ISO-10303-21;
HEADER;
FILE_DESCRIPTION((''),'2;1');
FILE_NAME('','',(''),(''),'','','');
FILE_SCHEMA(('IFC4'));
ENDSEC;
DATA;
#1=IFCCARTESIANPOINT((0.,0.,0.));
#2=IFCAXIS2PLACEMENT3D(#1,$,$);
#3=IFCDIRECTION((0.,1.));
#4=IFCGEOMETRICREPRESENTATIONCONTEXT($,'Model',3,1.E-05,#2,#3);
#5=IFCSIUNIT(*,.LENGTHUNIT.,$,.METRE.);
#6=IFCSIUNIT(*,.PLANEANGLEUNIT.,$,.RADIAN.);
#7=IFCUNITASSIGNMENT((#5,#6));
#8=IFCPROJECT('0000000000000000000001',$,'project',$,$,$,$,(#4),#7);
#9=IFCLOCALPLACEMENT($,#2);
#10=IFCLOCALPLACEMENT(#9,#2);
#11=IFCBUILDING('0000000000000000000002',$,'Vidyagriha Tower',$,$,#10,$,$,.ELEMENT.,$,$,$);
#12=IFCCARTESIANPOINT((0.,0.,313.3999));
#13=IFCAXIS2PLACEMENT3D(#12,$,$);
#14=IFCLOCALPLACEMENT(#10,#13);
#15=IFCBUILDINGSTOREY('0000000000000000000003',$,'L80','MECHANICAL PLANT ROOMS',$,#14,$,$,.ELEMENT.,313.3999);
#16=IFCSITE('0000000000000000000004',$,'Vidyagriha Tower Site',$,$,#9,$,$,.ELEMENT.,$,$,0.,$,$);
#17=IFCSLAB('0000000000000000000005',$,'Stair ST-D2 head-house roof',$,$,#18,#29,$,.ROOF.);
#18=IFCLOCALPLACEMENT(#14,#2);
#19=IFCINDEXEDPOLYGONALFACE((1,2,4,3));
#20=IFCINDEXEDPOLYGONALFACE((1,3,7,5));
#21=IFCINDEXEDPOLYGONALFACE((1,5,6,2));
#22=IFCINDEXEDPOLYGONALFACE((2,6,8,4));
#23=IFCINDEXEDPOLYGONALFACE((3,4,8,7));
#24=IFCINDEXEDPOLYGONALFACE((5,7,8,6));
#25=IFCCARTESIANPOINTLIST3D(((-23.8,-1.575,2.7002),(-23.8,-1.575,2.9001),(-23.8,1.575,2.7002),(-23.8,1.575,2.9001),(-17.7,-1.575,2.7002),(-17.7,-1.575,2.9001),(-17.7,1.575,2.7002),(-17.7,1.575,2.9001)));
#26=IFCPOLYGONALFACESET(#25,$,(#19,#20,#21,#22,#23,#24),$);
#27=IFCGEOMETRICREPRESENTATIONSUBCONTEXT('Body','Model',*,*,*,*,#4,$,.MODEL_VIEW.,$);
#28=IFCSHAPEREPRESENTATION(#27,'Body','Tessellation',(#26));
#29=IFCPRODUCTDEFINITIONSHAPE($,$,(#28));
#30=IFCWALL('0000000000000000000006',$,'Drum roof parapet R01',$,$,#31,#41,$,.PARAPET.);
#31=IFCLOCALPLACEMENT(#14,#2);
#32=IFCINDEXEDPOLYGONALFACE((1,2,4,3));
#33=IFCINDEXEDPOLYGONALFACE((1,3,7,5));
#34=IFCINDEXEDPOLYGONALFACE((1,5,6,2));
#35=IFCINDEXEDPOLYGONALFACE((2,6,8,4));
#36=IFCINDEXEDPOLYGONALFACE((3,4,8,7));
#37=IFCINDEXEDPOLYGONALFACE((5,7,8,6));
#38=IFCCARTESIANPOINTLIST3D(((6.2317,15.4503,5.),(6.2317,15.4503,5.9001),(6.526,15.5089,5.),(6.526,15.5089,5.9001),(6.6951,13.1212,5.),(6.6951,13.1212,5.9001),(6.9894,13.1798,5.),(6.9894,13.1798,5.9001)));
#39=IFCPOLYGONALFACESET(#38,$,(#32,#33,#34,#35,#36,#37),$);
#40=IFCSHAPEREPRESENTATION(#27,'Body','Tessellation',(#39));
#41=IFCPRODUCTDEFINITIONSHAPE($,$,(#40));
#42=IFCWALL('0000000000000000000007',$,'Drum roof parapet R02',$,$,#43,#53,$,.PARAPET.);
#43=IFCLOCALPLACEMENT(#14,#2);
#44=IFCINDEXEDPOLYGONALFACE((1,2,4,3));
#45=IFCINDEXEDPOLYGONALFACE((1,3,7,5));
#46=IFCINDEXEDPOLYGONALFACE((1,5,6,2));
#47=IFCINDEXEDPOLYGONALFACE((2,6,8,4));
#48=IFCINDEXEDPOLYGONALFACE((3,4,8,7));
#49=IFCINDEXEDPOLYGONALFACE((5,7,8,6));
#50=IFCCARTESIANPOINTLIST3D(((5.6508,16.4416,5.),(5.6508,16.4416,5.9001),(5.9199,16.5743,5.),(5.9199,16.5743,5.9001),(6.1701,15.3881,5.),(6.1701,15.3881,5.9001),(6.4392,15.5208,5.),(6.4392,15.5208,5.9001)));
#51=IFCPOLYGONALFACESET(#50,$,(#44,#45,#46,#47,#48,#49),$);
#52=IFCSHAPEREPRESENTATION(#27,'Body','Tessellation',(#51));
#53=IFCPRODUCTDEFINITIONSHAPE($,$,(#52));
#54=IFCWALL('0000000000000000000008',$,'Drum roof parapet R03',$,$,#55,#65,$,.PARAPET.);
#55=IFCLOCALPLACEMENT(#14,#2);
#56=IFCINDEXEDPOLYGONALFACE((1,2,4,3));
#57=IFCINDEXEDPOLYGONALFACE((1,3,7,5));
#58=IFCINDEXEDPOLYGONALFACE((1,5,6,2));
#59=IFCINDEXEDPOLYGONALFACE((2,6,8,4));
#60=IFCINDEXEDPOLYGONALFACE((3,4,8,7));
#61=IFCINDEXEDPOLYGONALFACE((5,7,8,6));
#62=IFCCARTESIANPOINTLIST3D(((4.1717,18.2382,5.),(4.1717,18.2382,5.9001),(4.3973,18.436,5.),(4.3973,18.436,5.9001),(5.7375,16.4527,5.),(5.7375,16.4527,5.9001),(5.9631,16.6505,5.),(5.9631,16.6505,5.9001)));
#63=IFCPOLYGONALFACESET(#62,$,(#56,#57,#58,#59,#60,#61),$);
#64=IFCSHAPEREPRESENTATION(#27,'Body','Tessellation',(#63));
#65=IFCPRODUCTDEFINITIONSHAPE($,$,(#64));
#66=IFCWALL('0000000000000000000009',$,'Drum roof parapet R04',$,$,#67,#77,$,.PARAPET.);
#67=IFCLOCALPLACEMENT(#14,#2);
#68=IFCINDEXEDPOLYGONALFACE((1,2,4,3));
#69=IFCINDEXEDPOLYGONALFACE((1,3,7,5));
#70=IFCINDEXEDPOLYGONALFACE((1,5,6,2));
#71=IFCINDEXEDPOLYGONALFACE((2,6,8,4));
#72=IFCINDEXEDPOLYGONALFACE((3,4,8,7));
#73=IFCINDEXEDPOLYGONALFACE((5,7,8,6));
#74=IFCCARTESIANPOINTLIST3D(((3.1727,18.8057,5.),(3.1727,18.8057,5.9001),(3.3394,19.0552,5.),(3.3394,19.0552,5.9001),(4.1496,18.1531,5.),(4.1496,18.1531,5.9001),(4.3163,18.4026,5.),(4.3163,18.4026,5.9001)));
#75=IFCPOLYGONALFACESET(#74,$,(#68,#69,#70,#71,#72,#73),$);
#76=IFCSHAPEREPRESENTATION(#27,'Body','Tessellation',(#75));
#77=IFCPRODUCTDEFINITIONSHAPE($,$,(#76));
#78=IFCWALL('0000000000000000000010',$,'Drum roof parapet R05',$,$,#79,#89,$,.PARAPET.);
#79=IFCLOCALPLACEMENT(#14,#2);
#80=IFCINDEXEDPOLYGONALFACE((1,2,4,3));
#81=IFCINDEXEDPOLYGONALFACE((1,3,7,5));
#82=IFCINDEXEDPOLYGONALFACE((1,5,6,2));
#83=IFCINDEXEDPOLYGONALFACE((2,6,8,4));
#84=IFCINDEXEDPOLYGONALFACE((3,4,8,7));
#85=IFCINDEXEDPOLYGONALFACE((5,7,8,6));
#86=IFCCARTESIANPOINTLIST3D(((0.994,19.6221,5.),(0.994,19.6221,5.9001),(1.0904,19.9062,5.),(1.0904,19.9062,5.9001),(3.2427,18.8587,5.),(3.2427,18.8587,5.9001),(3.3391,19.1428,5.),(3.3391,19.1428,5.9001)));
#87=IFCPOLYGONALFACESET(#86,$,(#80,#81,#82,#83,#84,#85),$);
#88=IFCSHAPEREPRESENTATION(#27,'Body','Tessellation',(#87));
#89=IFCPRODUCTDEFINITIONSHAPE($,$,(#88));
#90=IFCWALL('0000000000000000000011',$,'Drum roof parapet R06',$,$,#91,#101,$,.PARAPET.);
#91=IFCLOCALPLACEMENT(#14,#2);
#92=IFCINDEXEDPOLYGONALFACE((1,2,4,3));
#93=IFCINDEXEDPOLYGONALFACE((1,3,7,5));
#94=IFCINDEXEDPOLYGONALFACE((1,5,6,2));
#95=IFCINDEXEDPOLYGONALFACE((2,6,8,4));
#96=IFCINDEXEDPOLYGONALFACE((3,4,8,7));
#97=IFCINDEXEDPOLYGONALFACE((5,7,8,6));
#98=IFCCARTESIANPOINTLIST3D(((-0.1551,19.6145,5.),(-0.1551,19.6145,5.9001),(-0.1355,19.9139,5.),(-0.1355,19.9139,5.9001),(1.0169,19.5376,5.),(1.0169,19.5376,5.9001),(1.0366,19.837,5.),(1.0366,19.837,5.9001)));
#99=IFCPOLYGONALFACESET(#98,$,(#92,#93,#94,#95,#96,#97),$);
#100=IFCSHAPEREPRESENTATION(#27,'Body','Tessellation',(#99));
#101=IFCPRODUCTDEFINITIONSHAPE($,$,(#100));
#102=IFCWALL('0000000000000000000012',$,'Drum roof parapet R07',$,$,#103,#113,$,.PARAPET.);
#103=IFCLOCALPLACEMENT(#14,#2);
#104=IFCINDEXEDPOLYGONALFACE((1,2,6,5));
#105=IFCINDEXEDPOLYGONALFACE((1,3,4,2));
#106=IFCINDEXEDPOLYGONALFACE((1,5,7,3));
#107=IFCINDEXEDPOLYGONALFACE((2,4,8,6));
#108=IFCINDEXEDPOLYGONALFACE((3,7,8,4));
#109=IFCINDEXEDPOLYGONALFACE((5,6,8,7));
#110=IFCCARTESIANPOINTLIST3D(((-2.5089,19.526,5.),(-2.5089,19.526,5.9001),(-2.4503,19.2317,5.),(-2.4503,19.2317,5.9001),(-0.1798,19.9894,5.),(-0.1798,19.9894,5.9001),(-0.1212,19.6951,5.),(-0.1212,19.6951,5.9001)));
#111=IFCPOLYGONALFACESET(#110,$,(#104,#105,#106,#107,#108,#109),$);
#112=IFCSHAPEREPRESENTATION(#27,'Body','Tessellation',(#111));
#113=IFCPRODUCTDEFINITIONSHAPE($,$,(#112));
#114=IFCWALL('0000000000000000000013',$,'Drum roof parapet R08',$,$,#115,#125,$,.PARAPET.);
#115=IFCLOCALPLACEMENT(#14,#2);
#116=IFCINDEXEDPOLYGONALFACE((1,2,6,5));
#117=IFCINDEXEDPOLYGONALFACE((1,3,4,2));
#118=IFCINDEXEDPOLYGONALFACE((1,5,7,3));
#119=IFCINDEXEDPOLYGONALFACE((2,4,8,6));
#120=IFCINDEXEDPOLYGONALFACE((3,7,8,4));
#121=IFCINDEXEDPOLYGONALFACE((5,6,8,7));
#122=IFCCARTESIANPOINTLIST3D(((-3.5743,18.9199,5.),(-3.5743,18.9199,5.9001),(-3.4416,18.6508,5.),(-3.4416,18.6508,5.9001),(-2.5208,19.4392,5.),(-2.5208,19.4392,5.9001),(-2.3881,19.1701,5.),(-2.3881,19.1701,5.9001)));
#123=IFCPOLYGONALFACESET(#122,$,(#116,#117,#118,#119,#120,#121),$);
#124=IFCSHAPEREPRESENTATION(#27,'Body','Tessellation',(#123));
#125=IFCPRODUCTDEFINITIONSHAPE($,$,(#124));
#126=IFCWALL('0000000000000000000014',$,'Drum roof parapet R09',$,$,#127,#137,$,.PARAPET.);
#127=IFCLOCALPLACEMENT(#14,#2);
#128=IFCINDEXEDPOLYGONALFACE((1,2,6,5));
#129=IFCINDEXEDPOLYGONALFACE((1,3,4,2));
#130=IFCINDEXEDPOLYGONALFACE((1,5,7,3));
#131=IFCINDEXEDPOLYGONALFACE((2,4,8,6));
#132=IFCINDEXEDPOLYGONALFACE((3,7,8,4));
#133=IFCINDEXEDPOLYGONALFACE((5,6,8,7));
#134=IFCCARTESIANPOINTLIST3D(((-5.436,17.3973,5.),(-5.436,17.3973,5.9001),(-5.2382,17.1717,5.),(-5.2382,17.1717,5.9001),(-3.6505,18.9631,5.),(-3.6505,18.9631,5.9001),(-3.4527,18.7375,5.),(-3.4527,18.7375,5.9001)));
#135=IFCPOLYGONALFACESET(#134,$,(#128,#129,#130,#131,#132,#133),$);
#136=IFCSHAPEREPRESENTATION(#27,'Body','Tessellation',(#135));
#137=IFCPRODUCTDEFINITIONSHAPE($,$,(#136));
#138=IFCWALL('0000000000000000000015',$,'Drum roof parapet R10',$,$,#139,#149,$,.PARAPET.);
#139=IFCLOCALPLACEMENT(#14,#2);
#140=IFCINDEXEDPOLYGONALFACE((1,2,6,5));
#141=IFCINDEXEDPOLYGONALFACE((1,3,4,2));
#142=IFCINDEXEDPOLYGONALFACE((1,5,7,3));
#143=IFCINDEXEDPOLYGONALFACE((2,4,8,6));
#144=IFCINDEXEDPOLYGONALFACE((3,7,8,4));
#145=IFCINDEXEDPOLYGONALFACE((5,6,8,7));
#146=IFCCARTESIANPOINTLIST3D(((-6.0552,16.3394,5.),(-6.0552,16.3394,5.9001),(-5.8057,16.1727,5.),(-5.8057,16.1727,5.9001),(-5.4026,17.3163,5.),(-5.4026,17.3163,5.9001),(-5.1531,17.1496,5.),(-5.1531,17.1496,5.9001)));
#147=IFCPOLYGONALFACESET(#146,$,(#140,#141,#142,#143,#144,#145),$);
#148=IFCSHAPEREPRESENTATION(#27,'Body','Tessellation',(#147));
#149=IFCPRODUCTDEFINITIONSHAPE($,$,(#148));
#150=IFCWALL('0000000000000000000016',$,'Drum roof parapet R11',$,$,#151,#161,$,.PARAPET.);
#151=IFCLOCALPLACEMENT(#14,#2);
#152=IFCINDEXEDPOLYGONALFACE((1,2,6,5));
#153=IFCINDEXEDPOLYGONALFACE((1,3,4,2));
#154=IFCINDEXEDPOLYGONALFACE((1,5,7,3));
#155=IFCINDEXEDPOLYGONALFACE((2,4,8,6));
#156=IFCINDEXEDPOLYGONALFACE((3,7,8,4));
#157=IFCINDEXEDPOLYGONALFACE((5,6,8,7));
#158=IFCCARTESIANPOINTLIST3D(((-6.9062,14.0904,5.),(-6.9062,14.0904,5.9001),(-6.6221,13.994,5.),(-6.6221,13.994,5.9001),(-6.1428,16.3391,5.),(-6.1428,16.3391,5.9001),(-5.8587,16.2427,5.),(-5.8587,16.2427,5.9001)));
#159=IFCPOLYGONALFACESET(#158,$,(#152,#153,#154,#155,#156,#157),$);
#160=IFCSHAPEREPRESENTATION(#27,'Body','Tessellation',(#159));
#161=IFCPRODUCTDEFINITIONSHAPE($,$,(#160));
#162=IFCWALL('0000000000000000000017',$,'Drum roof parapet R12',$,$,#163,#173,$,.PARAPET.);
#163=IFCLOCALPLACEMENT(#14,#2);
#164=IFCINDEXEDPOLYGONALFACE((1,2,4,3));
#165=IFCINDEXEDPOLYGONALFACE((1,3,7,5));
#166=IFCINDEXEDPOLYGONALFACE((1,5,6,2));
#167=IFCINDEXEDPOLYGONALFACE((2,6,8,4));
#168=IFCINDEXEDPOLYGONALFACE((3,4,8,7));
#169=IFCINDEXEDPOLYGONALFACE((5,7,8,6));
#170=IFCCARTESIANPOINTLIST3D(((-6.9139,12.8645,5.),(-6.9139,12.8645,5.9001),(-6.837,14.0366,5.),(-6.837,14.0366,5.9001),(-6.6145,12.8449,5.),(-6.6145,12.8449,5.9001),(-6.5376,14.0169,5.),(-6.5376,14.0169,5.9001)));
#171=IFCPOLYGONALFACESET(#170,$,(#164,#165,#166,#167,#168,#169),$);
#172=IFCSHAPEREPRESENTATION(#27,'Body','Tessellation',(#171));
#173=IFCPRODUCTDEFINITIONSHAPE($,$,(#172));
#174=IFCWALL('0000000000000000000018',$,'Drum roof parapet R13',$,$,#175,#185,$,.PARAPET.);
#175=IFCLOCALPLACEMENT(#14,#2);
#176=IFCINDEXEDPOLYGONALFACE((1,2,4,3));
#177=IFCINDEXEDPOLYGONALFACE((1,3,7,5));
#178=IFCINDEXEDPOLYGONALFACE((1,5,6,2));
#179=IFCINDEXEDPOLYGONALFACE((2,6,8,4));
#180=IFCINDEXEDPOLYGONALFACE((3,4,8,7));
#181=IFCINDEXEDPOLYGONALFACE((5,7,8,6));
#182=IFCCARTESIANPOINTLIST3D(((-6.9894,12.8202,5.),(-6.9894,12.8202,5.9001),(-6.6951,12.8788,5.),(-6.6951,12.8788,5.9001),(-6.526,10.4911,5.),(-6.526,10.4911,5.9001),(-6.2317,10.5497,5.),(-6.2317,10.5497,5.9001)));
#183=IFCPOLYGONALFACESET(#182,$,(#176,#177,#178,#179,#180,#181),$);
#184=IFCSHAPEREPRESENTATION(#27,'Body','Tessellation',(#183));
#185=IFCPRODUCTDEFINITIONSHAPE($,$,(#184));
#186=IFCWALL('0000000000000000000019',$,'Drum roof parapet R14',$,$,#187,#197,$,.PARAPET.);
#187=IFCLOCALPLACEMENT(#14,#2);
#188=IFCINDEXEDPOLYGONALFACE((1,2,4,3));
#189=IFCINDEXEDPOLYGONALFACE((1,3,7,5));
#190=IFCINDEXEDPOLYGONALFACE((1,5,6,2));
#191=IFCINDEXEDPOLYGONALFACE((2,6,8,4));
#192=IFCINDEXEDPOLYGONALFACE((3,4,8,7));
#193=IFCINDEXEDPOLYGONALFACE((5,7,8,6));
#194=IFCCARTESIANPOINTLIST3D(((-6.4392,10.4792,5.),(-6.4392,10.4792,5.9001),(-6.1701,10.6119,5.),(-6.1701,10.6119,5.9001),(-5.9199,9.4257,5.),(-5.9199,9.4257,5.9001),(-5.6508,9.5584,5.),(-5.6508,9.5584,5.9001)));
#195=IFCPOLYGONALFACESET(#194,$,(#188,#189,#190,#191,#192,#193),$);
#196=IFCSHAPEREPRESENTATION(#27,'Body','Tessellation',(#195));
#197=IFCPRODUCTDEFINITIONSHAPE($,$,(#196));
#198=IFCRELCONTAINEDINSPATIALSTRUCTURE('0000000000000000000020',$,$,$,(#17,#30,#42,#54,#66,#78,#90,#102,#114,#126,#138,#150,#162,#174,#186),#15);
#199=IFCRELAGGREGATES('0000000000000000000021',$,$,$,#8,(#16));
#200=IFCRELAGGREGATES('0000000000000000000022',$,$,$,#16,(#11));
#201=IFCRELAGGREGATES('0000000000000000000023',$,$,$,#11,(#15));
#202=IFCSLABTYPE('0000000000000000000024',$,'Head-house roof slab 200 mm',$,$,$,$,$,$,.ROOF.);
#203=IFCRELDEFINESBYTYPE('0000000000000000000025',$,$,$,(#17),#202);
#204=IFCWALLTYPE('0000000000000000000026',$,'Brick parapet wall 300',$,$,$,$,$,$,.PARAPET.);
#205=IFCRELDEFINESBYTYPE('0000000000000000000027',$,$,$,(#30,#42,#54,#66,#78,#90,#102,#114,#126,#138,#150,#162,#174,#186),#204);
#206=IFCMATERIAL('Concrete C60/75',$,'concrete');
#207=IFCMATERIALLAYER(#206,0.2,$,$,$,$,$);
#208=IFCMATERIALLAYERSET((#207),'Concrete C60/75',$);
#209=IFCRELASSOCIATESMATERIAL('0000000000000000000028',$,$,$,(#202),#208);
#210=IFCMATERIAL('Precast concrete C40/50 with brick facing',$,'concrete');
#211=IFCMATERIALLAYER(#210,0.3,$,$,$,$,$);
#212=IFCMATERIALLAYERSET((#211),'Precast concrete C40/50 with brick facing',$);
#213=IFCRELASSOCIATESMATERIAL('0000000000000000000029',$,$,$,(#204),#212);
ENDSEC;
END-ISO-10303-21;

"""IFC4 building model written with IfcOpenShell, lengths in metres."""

from ifc_helpers import new_model, si_unit, direction, frame, frame_2d, origin, place, context, subcontext, project, spatial, polyline, rectangle, outline, extrude, material, layer, layer_set, type_object, element, save


model = new_model("IFC4")

# Units and contexts
model_context = context("Model", 3, precision=1e-05, world=origin(), true_north=direction((0.0, 1.0)))
body_context = subcontext(model_context, "Body", "Model", "MODEL_VIEW")
ifc_project = project(units=[si_unit("LENGTHUNIT", "METRE"), si_unit("PLANEANGLEUNIT", "RADIAN")], contexts=[model_context])

# Site, building, storey
site_placement = place(None, origin())
site = spatial("IfcSite", under=ifc_project, at=site_placement, Name="Vidyagriha Tower Site", CompositionType="ELEMENT", RefElevation=0.0)
building_placement = place(site_placement, origin())
building = spatial("IfcBuilding", under=site, at=building_placement, Name="Vidyagriha Tower", CompositionType="ELEMENT")
storey_placement = place(building_placement, frame((0.0, 0.0, 313.3999)))
storey = spatial("IfcBuildingStorey", under=building, at=storey_placement, Name="L80", Description="MECHANICAL PLANT ROOMS", CompositionType="ELEMENT", Elevation=313.3999)

# Slab
ifc_material_1 = material(Name="Concrete C60/75", Category="concrete")
ifc_layer_1 = layer(ifc_material_1, 0.2)
ifc_layer_set_1 = layer_set([ifc_layer_1], Name="Concrete C60/75")
slab_type = type_object("IfcSlabType", Name="Head-house roof slab 200 mm", PredefinedType="ROOF", material=ifc_layer_set_1)
slab_placement = place(storey_placement, frame((0.0, 0.0, 2.7002)))
element("IfcSlab", 1, at=slab_placement, inside=storey, type_object=slab_type, Name="Stair ST-D2 head-house roof", PredefinedType="ROOF", context=body_context, shape_type="SweptSolid", body=[
    extrude(outline(polyline([(-23.8, -1.575), (-17.7, -1.575), (-17.7, 1.575), (-23.8, 1.575), (-23.8, -1.575)])), origin(), (0.0, 0.0, 1.0), 0.2),
])

# Walls
ifc_material_2 = material(Name="Precast concrete C40/50 with brick facing", Category="concrete")
ifc_layer_2 = layer(ifc_material_2, 0.3)
ifc_layer_set_2 = layer_set([ifc_layer_2], Name="Precast concrete C40/50 with brick facing")
wall_type_1 = type_object("IfcWallType", Name="Brick parapet wall 300", PredefinedType="PARAPET", material=ifc_layer_set_2)
wall_1_placement = place(storey_placement, frame((6.8423, 13.1504, 5.0), z_axis=(0.0, 0.0, 1.0), x_axis=(-0.195128, 0.980778, 0.0)))
element("IfcWall", 2, at=wall_1_placement, inside=storey, type_object=wall_type_1, Name="Drum roof parapet R01", PredefinedType="PARAPET", context=body_context, shape_type="SweptSolid", body=[
    extrude(rectangle(XDim=2.3748, YDim=0.3, at=frame_2d((1.1875, 0.0))), origin(), (0.0, 0.0, 1.0), 0.9001),
])
wall_2_placement = place(storey_placement, frame((6.3047, 15.4543, 5.0), z_axis=(0.0, 0.0, 1.0), x_axis=(-0.442134, 0.896949, 0.0)))
element("IfcWall", 3, at=wall_2_placement, inside=storey, type_object=wall_type_1, Name="Drum roof parapet R02", PredefinedType="PARAPET", context=body_context, shape_type="SweptSolid", body=[
    extrude(rectangle(XDim=1.1746, YDim=0.3, at=frame_2d((0.5874, 0.0))), origin(), (0.0, 0.0, 1.0), 0.9001),
])
wall_3_placement = place(storey_placement, frame((5.8503, 16.5515, 5.0), z_axis=(0.0, 0.0, 1.0), x_axis=(-0.659327, 0.751857, 0.0)))
element("IfcWall", 4, at=wall_3_placement, inside=storey, type_object=wall_type_1, Name="Drum roof parapet R03", PredefinedType="PARAPET", context=body_context, shape_type="SweptSolid", body=[
    extrude(rectangle(XDim=2.3748, YDim=0.3, at=frame_2d((1.1875, 0.0))), origin(), (0.0, 0.0, 1.0), 0.9001),
])
wall_4_placement = place(storey_placement, frame((4.2329, 18.2778, 5.0), z_axis=(0.0, 0.0, 1.0), x_axis=(-0.831506, 0.555515, 0.0)))
element("IfcWall", 5, at=wall_4_placement, inside=storey, type_object=wall_type_1, Name="Drum roof parapet R04", PredefinedType="PARAPET", context=body_context, shape_type="SweptSolid", body=[
    extrude(rectangle(XDim=1.1748, YDim=0.3, at=frame_2d((0.5874, 0.0))), origin(), (0.0, 0.0, 1.0), 0.9001),
])
wall_5_placement = place(storey_placement, frame((3.291, 19.0007, 5.0), z_axis=(0.0, 0.0, 1.0), x_axis=(-0.946921, 0.321466, 0.0)))
element("IfcWall", 6, at=wall_5_placement, inside=storey, type_object=wall_type_1, Name="Drum roof parapet R05", PredefinedType="PARAPET", context=body_context, shape_type="SweptSolid", body=[
    extrude(rectangle(XDim=2.3748, YDim=0.3, at=frame_2d((1.1875, 0.0))), origin(), (0.0, 0.0, 1.0), 0.9001),
])
wall_6_placement = place(storey_placement, frame((1.0269, 19.6873, 5.0), z_axis=(0.0, 0.0, 1.0), x_axis=(-0.997855, 0.065471, 0.0)))
element("IfcWall", 7, at=wall_6_placement, inside=storey, type_object=wall_type_1, Name="Drum roof parapet R06", PredefinedType="PARAPET", context=body_context, shape_type="SweptSolid", body=[
    extrude(rectangle(XDim=1.1746, YDim=0.3, at=frame_2d((0.5874, 0.0))), origin(), (0.0, 0.0, 1.0), 0.9001),
])
wall_7_placement = place(storey_placement, frame((-0.1504, 19.8423, 5.0), z_axis=(0.0, 0.0, 1.0), x_axis=(-0.980778, -0.195128, 0.0)))
element("IfcWall", 8, at=wall_7_placement, inside=storey, type_object=wall_type_1, Name="Drum roof parapet R07", PredefinedType="PARAPET", context=body_context, shape_type="SweptSolid", body=[
    extrude(rectangle(XDim=2.3748, YDim=0.3, at=frame_2d((1.1875, 0.0))), origin(), (0.0, 0.0, 1.0), 0.9001),
])
wall_8_placement = place(storey_placement, frame((-2.4543, 19.3047, 5.0), z_axis=(0.0, 0.0, 1.0), x_axis=(-0.896949, -0.442134, 0.0)))
element("IfcWall", 9, at=wall_8_placement, inside=storey, type_object=wall_type_1, Name="Drum roof parapet R08", PredefinedType="PARAPET", context=body_context, shape_type="SweptSolid", body=[
    extrude(rectangle(XDim=1.1746, YDim=0.3, at=frame_2d((0.5874, 0.0))), origin(), (0.0, 0.0, 1.0), 0.9001),
])
wall_9_placement = place(storey_placement, frame((-3.5515, 18.8503, 5.0), z_axis=(0.0, 0.0, 1.0), x_axis=(-0.751857, -0.659327, 0.0)))
element("IfcWall", 10, at=wall_9_placement, inside=storey, type_object=wall_type_1, Name="Drum roof parapet R09", PredefinedType="PARAPET", context=body_context, shape_type="SweptSolid", body=[
    extrude(rectangle(XDim=2.3748, YDim=0.3, at=frame_2d((1.1875, 0.0))), origin(), (0.0, 0.0, 1.0), 0.9001),
])
wall_10_placement = place(storey_placement, frame((-5.2778, 17.2329, 5.0), z_axis=(0.0, 0.0, 1.0), x_axis=(-0.555515, -0.831506, 0.0)))
element("IfcWall", 11, at=wall_10_placement, inside=storey, type_object=wall_type_1, Name="Drum roof parapet R10", PredefinedType="PARAPET", context=body_context, shape_type="SweptSolid", body=[
    extrude(rectangle(XDim=1.1748, YDim=0.3, at=frame_2d((0.5874, 0.0))), origin(), (0.0, 0.0, 1.0), 0.9001),
])
wall_11_placement = place(storey_placement, frame((-6.0007, 16.291, 5.0), z_axis=(0.0, 0.0, 1.0), x_axis=(-0.321466, -0.946921, 0.0)))
element("IfcWall", 12, at=wall_11_placement, inside=storey, type_object=wall_type_1, Name="Drum roof parapet R11", PredefinedType="PARAPET", context=body_context, shape_type="SweptSolid", body=[
    extrude(rectangle(XDim=2.3748, YDim=0.3, at=frame_2d((1.1875, 0.0))), origin(), (0.0, 0.0, 1.0), 0.9001),
])
wall_12_placement = place(storey_placement, frame((-6.6873, 14.0269, 5.0), z_axis=(0.0, 0.0, 1.0), x_axis=(-0.065471, -0.997855, 0.0)))
element("IfcWall", 13, at=wall_12_placement, inside=storey, type_object=wall_type_1, Name="Drum roof parapet R12", PredefinedType="PARAPET", context=body_context, shape_type="SweptSolid", body=[
    extrude(rectangle(XDim=1.1746, YDim=0.3, at=frame_2d((0.5874, 0.0))), origin(), (0.0, 0.0, 1.0), 0.9001),
])
wall_13_placement = place(storey_placement, frame((-6.8423, 12.8496, 5.0), z_axis=(0.0, 0.0, 1.0), x_axis=(0.195128, -0.980778, 0.0)))
element("IfcWall", 14, at=wall_13_placement, inside=storey, type_object=wall_type_1, Name="Drum roof parapet R13", PredefinedType="PARAPET", context=body_context, shape_type="SweptSolid", body=[
    extrude(rectangle(XDim=2.3748, YDim=0.3, at=frame_2d((1.1875, 0.0))), origin(), (0.0, 0.0, 1.0), 0.9001),
])
wall_14_placement = place(storey_placement, frame((-6.3047, 10.5457, 5.0), z_axis=(0.0, 0.0, 1.0), x_axis=(0.442134, -0.896949, 0.0)))
element("IfcWall", 15, at=wall_14_placement, inside=storey, type_object=wall_type_1, Name="Drum roof parapet R14", PredefinedType="PARAPET", context=body_context, shape_type="SweptSolid", body=[
    extrude(rectangle(XDim=1.1746, YDim=0.3, at=frame_2d((0.5874, 0.0))), origin(), (0.0, 0.0, 1.0), 0.9001),
])

save(model, "model.ifc")
